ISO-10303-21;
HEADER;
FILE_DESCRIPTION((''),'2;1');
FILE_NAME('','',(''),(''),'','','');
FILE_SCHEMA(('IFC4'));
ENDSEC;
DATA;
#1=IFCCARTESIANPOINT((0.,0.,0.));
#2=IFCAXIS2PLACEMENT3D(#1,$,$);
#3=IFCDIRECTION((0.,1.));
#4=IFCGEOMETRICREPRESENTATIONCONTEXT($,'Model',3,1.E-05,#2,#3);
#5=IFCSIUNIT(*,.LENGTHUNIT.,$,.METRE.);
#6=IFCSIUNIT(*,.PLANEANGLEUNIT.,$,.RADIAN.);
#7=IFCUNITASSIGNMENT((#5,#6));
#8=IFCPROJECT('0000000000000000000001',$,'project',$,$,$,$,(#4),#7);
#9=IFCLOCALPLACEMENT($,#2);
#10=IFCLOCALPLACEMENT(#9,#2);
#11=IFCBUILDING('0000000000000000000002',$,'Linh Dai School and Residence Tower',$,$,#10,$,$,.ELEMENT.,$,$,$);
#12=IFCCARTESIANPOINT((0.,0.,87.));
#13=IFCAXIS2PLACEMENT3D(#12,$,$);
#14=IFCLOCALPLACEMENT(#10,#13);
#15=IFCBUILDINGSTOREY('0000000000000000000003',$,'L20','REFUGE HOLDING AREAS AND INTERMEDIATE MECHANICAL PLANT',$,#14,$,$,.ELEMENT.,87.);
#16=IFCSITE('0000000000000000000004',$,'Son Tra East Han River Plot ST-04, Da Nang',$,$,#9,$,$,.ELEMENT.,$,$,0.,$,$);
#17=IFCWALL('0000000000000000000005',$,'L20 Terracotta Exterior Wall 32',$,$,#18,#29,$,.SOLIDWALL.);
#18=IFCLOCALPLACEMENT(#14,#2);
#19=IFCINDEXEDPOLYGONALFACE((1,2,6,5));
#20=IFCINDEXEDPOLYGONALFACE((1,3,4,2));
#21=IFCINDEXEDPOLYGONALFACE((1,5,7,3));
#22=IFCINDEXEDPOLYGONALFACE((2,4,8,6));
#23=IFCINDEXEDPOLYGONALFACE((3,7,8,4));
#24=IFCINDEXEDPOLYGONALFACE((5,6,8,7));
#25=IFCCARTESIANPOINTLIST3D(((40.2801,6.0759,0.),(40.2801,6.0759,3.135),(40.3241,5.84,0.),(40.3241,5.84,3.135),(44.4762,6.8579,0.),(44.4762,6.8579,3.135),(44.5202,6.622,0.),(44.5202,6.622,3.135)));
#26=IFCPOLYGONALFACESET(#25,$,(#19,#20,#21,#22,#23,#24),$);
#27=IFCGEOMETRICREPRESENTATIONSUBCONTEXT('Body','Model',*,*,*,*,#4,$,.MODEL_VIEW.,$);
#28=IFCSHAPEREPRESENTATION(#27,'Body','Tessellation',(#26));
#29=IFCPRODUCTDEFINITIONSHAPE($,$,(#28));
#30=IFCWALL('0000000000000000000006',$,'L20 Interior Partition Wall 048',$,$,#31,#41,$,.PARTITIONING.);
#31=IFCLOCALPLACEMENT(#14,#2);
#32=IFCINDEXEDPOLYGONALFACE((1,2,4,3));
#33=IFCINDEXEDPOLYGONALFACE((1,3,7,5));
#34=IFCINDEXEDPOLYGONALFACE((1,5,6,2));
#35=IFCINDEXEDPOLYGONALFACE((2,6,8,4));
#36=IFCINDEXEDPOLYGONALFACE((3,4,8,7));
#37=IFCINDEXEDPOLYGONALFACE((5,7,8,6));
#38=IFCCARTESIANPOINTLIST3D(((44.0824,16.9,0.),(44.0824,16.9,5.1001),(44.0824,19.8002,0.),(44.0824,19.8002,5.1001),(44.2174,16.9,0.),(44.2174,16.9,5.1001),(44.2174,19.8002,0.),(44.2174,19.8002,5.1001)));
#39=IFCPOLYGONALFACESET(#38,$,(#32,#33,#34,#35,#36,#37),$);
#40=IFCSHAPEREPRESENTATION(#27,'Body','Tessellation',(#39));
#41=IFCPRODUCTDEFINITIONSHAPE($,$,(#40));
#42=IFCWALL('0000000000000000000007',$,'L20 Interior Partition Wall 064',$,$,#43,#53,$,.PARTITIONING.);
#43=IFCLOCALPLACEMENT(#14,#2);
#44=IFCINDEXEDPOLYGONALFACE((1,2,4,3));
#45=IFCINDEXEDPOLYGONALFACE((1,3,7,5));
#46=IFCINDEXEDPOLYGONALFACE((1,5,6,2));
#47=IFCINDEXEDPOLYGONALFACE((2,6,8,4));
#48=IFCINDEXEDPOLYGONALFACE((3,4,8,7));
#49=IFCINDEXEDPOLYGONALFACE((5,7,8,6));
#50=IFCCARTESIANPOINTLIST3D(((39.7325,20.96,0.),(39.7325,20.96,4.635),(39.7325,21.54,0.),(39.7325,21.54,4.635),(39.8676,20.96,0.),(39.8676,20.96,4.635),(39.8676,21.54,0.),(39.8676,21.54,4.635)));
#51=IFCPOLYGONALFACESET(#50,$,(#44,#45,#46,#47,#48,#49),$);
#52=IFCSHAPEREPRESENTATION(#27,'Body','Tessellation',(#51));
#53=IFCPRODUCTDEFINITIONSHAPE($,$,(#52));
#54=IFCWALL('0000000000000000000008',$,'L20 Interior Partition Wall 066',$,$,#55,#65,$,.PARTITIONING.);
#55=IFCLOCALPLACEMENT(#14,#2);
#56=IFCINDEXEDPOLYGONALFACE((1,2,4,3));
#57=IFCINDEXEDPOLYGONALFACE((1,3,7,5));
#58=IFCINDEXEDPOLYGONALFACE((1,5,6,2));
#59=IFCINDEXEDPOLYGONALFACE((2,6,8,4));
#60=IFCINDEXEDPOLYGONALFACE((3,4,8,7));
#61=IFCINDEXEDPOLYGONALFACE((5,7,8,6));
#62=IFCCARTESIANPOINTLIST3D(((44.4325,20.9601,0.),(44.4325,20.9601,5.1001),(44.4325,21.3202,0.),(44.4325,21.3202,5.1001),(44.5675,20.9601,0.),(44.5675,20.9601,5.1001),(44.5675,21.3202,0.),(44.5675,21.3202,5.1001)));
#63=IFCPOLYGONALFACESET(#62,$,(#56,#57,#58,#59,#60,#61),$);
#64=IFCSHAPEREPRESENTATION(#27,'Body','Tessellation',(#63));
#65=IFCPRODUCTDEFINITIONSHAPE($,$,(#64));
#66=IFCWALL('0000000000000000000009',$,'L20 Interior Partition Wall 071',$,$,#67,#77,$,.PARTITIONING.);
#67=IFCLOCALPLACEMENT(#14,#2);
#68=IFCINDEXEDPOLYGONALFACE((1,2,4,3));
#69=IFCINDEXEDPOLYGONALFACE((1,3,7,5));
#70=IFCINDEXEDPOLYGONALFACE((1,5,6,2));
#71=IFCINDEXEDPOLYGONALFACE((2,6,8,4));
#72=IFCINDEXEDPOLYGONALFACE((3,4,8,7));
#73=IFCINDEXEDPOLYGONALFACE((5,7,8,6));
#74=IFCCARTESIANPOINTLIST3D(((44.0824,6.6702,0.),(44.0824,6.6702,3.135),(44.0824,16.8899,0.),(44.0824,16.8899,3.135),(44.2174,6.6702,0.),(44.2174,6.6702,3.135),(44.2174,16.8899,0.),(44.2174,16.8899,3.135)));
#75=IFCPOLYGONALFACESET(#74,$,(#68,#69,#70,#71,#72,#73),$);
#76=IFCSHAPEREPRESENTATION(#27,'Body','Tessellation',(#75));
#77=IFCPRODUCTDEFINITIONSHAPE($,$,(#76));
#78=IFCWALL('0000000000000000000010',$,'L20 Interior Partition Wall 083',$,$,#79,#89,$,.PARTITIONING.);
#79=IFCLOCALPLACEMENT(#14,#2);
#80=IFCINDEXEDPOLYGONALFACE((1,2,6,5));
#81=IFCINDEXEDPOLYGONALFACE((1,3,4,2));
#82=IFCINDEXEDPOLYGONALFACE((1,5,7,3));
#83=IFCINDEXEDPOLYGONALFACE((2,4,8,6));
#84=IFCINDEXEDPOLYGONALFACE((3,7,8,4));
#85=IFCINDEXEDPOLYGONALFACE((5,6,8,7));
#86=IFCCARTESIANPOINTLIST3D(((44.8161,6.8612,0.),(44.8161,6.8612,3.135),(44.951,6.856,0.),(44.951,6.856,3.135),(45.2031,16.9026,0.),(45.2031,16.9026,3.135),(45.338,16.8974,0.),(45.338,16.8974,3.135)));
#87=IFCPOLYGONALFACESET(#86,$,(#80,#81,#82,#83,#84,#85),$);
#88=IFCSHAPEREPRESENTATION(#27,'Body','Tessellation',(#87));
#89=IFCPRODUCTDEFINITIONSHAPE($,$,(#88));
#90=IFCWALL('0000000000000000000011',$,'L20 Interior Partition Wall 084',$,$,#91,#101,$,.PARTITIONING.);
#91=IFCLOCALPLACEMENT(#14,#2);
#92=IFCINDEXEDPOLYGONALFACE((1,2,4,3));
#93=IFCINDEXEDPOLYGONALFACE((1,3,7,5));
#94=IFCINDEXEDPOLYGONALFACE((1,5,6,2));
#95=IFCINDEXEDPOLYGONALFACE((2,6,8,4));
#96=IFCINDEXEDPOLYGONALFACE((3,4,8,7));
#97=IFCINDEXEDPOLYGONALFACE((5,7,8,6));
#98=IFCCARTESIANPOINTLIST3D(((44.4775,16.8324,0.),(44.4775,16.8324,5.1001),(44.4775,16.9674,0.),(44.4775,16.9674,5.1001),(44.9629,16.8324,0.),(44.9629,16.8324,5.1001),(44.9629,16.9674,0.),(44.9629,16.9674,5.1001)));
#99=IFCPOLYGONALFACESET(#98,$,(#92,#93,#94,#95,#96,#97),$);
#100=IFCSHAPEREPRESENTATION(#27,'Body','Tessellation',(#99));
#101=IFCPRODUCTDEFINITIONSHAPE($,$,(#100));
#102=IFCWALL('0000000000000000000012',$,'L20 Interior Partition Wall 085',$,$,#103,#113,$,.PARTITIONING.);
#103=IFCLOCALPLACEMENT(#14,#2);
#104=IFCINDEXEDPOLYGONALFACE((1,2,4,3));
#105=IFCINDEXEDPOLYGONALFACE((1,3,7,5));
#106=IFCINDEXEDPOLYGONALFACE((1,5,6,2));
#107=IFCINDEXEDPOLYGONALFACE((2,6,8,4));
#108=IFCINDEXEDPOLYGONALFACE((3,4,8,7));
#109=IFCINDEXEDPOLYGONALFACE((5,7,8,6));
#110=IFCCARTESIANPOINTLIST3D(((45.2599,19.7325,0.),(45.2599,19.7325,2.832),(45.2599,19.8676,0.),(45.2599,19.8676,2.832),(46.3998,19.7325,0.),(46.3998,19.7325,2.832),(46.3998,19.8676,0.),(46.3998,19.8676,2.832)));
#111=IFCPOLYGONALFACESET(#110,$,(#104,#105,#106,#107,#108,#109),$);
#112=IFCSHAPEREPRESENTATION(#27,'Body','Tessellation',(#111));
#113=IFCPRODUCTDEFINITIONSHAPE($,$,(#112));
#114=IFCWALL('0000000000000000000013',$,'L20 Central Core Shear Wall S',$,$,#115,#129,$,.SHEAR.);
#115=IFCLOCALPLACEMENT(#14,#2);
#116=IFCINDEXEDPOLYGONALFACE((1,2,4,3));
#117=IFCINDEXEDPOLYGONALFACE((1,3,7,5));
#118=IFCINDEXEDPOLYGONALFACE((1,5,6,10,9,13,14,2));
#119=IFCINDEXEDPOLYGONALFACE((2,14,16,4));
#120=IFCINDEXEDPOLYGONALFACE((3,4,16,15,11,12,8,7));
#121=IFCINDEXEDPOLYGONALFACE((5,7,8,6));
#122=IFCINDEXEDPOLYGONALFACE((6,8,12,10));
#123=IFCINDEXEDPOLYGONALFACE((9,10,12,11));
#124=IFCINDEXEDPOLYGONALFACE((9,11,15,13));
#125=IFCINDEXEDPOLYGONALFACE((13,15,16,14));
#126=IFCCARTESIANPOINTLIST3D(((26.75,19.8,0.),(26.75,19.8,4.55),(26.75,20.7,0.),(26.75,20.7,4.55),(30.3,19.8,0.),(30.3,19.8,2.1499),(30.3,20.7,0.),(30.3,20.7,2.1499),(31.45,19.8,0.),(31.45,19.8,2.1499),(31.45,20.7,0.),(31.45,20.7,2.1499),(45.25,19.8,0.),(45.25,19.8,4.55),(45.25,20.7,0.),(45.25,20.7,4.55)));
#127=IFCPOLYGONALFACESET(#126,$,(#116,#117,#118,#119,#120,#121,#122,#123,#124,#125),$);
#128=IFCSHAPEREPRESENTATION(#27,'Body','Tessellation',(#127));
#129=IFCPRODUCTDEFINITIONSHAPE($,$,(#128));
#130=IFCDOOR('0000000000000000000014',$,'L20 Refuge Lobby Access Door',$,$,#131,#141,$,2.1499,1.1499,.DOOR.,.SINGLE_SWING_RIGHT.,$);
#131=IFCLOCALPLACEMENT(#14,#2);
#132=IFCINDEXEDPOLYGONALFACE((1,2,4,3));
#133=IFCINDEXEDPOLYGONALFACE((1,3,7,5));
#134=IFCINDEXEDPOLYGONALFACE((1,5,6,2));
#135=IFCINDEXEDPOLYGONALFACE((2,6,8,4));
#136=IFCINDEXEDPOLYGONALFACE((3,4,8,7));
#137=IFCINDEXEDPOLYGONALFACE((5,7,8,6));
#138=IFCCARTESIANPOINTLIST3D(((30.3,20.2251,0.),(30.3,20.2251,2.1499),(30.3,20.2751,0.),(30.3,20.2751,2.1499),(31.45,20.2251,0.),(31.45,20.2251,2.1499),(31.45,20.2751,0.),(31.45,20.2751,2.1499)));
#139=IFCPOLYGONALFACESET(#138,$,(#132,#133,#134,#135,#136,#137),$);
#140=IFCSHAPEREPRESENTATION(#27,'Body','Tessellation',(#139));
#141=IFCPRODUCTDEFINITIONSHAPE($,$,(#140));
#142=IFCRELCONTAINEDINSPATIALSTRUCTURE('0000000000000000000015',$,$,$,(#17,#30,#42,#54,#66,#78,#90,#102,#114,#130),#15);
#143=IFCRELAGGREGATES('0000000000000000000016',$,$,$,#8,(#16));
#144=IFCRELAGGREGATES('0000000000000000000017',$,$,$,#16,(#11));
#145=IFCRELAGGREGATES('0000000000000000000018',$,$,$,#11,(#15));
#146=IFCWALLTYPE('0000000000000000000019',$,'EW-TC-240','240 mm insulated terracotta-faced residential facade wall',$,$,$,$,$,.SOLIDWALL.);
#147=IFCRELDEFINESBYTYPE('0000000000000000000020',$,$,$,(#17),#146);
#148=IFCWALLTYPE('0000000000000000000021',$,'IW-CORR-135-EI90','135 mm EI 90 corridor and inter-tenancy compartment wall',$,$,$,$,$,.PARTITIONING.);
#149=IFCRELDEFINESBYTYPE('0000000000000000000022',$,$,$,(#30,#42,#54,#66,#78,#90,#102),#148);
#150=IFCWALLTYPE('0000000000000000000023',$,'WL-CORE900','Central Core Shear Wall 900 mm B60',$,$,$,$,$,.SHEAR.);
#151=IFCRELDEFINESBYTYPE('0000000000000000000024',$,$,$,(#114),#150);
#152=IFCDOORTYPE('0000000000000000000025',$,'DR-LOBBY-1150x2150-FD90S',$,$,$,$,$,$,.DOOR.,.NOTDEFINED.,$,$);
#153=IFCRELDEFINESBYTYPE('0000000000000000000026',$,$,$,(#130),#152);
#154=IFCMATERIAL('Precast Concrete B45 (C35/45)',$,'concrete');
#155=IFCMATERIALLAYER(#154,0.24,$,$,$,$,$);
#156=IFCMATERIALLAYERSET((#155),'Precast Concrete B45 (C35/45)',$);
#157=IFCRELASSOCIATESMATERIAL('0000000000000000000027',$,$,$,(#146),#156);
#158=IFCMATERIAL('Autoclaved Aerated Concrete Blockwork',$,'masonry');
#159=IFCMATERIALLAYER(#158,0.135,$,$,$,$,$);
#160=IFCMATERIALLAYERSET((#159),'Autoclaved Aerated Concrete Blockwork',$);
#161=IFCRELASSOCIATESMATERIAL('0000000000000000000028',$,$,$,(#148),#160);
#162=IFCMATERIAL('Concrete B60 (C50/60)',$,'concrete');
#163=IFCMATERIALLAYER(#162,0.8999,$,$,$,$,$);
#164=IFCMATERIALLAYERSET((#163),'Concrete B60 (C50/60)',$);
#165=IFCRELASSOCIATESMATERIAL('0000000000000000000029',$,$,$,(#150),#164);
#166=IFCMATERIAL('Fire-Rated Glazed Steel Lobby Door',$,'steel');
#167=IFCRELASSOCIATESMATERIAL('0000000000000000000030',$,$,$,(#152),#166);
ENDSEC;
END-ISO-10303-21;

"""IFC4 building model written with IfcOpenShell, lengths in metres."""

from ifc_helpers import new_model, si_unit, direction, frame, frame_2d, origin, origin_2d, place, context, subcontext, project, spatial, rectangle, extrude, source, transform, mapped, material, layer, layer_set, type_object, element, fill, save


model = new_model("IFC4")

# Units and contexts
model_context = context("Model", 3, precision=1e-05, world=origin(), true_north=direction((0.0, 1.0)))
body_context = subcontext(model_context, "Body", "Model", "MODEL_VIEW")
ifc_project = project(units=[si_unit("LENGTHUNIT", "METRE"), si_unit("PLANEANGLEUNIT", "RADIAN")], contexts=[model_context])

# Site, building, storey
site_placement = place(None, origin())
site = spatial("IfcSite", under=ifc_project, at=site_placement, Name="Son Tra East Han River Plot ST-04, Da Nang", CompositionType="ELEMENT", RefElevation=0.0)
building_placement = place(site_placement, origin())
building = spatial("IfcBuilding", under=site, at=building_placement, Name="Linh Dai School and Residence Tower", CompositionType="ELEMENT")
storey_placement = place(building_placement, frame((0.0, 0.0, 87.0)))
storey = spatial("IfcBuildingStorey", under=building, at=storey_placement, Name="L20", Description="REFUGE HOLDING AREAS AND INTERMEDIATE MECHANICAL PLANT", CompositionType="ELEMENT", Elevation=87.0)

# Shared definitions
ifc_material_1 = material(Name="Precast Concrete B45 (C35/45)", Category="concrete")
ifc_layer_1 = layer(ifc_material_1, 0.24)
ifc_layer_set_1 = layer_set([ifc_layer_1], Name="Precast Concrete B45 (C35/45)")
wall_type_1 = type_object("IfcWallType", Name="EW-TC-240", Description="240 mm insulated terracotta-faced residential facade wall", PredefinedType="SOLIDWALL", material=ifc_layer_set_1)

# Walls
wall_1_placement = place(storey_placement, frame((44.4983, 6.74, 0.0), z_axis=(0.0, 0.0, 1.0), x_axis=(-0.983074, -0.183207, 0.0)))
element("IfcWall", 1, at=wall_1_placement, inside=storey, type_object=wall_type_1, Name="L20 Terracotta Exterior Wall 32", PredefinedType="SOLIDWALL", context=body_context, shape_type="SweptSolid", body=[
    extrude(rectangle(XDim=4.2683, YDim=0.24, at=frame_2d((2.1343, 0.0))), origin(), (0.0, 0.0, 1.0), 3.135),
])
ifc_material_2 = material(Name="Autoclaved Aerated Concrete Blockwork", Category="masonry")
ifc_layer_2 = layer(ifc_material_2, 0.135)
ifc_layer_set_2 = layer_set([ifc_layer_2], Name="Autoclaved Aerated Concrete Blockwork")
wall_type_2 = type_object("IfcWallType", Name="IW-CORR-135-EI90", Description="135 mm EI 90 corridor and inter-tenancy compartment wall", PredefinedType="PARTITIONING", material=ifc_layer_set_2)
wall_2_placement = place(storey_placement, frame((44.1499, 16.8999, 0.0), z_axis=(0.0, 0.0, 1.0), x_axis=(0.0, 1.0, 0.0)))
element("IfcWall", 2, at=wall_2_placement, inside=storey, type_object=wall_type_2, Name="L20 Interior Partition Wall 048", PredefinedType="PARTITIONING", context=body_context, shape_type="SweptSolid", body=[
    extrude(rectangle(XDim=2.9001, YDim=0.135, at=frame_2d((1.4502, 0.0))), origin(), (0.0, 0.0, 1.0), 5.1001),
])
wall_3_placement = place(storey_placement, frame((39.8, 20.96, 0.0), z_axis=(0.0, 0.0, 1.0), x_axis=(0.0, 1.0, 0.0)))
element("IfcWall", 3, at=wall_3_placement, inside=storey, type_object=wall_type_2, Name="L20 Interior Partition Wall 064", PredefinedType="PARTITIONING", context=body_context, shape_type="SweptSolid", body=[
    extrude(rectangle(XDim=0.5801, YDim=0.135, at=frame_2d((0.29, 0.0))), origin(), (0.0, 0.0, 1.0), 4.635),
])
wall_4_placement = place(storey_placement, frame((44.5, 20.96, 0.0), z_axis=(0.0, 0.0, 1.0), x_axis=(0.0, 1.0, 0.0)))
element("IfcWall", 4, at=wall_4_placement, inside=storey, type_object=wall_type_2, Name="L20 Interior Partition Wall 066", PredefinedType="PARTITIONING", context=body_context, shape_type="SweptSolid", body=[
    extrude(rectangle(XDim=0.3601, YDim=0.135, at=frame_2d((0.1802, 0.0))), origin(), (0.0, 0.0, 1.0), 5.1001),
])
wall_5_placement = place(storey_placement, frame((44.1499, 16.8899, 0.0), z_axis=(0.0, 0.0, 1.0), x_axis=(0.0, -1.0, 0.0)))
element("IfcWall", 5, at=wall_5_placement, inside=storey, type_object=wall_type_2, Name="L20 Interior Partition Wall 071", PredefinedType="PARTITIONING", context=body_context, shape_type="SweptSolid", body=[
    extrude(rectangle(XDim=10.2197, YDim=0.135, at=frame_2d((5.1099, 0.0))), origin(), (0.0, 0.0, 1.0), 3.135),
])
wall_6_placement = place(storey_placement, frame((44.8835, 6.8586, 0.0), z_axis=(0.0, 0.0, 1.0), x_axis=(0.038509, 0.999258, 0.0)))
element("IfcWall", 6, at=wall_6_placement, inside=storey, type_object=wall_type_2, Name="L20 Interior Partition Wall 083", PredefinedType="PARTITIONING", context=body_context, shape_type="SweptSolid", body=[
    extrude(rectangle(XDim=10.0488, YDim=0.135, at=frame_2d((5.0244, 0.0))), origin(), (0.0, 0.0, 1.0), 3.135),
])
wall_7_placement = place(storey_placement, frame((44.9629, 16.8999, 0.0), z_axis=(0.0, 0.0, 1.0), x_axis=(-1.0, 0.0, 0.0)))
element("IfcWall", 7, at=wall_7_placement, inside=storey, type_object=wall_type_2, Name="L20 Interior Partition Wall 084", PredefinedType="PARTITIONING", context=body_context, shape_type="SweptSolid", body=[
    extrude(rectangle(XDim=0.4854, YDim=0.135, at=frame_2d((0.2427, 0.0))), origin(), (0.0, 0.0, 1.0), 5.1001),
])
wall_8_placement = place(storey_placement, frame((45.26, 19.8, 0.0), z_axis=(0.0, 0.0, 1.0), x_axis=(1.0, 0.0, 0.0)))
element("IfcWall", 8, at=wall_8_placement, inside=storey, type_object=wall_type_2, Name="L20 Interior Partition Wall 085", PredefinedType="PARTITIONING", context=body_context, shape_type="SweptSolid", body=[
    extrude(rectangle(XDim=1.1399, YDim=0.135, at=frame_2d((0.5698, 0.0))), origin(), (0.0, 0.0, 1.0), 2.832),
])

# Wall, opening, door
ifc_material_3 = material(Name="Concrete B60 (C50/60)", Category="concrete")
ifc_layer_3 = layer(ifc_material_3, 0.8999)
ifc_layer_set_3 = layer_set([ifc_layer_3], Name="Concrete B60 (C50/60)")
wall_type_3 = type_object("IfcWallType", Name="WL-CORE900", Description="Central Core Shear Wall 900 mm B60", PredefinedType="SHEAR", material=ifc_layer_set_3)
wall_9_placement = place(storey_placement, frame((45.25, 20.25, 0.0), z_axis=(0.0, 0.0, 1.0), x_axis=(-1.0, 0.0, 0.0)))
wall_9 = element("IfcWall", 9, at=wall_9_placement, inside=storey, type_object=wall_type_3, Name="L20 Central Core Shear Wall S", PredefinedType="SHEAR", context=body_context, shape_type="SweptSolid", body=[
    extrude(rectangle(XDim=18.5, YDim=0.8999, at=frame_2d((9.25, 0.0))), origin(), (0.0, 0.0, 1.0), 4.55),
])
opening_1_placement = place(wall_9_placement, frame((13.8, 0.0, 0.0)))
opening_1 = element("IfcOpeningElement", 10, at=opening_1_placement, cuts=wall_9, PredefinedType="OPENING", context=body_context, shape_type="SweptSolid", body=[
    extrude(rectangle(XDim=1.1499, YDim=2.1499, at=origin_2d()), frame((0.575, 0.46, 1.075), z_axis=(0.0, -1.0, 0.0), x_axis=(1.0, 0.0, 0.0)), (0.0, 0.0, 1.0), 0.9199),
])
ifc_material_4 = material(Name="Fire-Rated Glazed Steel Lobby Door", Category="steel")
door_type_1 = type_object("IfcDoorType", Name="DR-LOBBY-1150x2150-FD90S", OperationType="NOTDEFINED", PredefinedType="DOOR", material=ifc_material_4)
shared_shape_1 = source(origin(), body_context, "Body", "SweptSolid", [
    extrude(rectangle(XDim=1.1499, YDim=2.1499, at=origin_2d()), frame((0.575, 0.0249, 1.075), z_axis=(0.0, -1.0, 0.0), x_axis=(1.0, 0.0, 0.0)), (0.0, 0.0, 1.0), 0.05),
])
door_1_placement = place(opening_1_placement, origin())
door_1 = element("IfcDoor", 11, at=door_1_placement, inside=storey, type_object=door_type_1, Name="L20 Refuge Lobby Access Door", OperationType="SINGLE_SWING_RIGHT", OverallHeight=2.1499, OverallWidth=1.1499, PredefinedType="DOOR", context=body_context, shape_type="MappedRepresentation", body=[
    mapped(shared_shape_1, transform((0.0, 0.0, 0.0), x_axis=(1.0, 0.0, 0.0), y_axis=(0.0, 1.0, 0.0), z_axis=(0.0, 0.0, 1.0), scale=1.0)),
])
fill(opening_1, door_1)

save(model, "model.ifc")
